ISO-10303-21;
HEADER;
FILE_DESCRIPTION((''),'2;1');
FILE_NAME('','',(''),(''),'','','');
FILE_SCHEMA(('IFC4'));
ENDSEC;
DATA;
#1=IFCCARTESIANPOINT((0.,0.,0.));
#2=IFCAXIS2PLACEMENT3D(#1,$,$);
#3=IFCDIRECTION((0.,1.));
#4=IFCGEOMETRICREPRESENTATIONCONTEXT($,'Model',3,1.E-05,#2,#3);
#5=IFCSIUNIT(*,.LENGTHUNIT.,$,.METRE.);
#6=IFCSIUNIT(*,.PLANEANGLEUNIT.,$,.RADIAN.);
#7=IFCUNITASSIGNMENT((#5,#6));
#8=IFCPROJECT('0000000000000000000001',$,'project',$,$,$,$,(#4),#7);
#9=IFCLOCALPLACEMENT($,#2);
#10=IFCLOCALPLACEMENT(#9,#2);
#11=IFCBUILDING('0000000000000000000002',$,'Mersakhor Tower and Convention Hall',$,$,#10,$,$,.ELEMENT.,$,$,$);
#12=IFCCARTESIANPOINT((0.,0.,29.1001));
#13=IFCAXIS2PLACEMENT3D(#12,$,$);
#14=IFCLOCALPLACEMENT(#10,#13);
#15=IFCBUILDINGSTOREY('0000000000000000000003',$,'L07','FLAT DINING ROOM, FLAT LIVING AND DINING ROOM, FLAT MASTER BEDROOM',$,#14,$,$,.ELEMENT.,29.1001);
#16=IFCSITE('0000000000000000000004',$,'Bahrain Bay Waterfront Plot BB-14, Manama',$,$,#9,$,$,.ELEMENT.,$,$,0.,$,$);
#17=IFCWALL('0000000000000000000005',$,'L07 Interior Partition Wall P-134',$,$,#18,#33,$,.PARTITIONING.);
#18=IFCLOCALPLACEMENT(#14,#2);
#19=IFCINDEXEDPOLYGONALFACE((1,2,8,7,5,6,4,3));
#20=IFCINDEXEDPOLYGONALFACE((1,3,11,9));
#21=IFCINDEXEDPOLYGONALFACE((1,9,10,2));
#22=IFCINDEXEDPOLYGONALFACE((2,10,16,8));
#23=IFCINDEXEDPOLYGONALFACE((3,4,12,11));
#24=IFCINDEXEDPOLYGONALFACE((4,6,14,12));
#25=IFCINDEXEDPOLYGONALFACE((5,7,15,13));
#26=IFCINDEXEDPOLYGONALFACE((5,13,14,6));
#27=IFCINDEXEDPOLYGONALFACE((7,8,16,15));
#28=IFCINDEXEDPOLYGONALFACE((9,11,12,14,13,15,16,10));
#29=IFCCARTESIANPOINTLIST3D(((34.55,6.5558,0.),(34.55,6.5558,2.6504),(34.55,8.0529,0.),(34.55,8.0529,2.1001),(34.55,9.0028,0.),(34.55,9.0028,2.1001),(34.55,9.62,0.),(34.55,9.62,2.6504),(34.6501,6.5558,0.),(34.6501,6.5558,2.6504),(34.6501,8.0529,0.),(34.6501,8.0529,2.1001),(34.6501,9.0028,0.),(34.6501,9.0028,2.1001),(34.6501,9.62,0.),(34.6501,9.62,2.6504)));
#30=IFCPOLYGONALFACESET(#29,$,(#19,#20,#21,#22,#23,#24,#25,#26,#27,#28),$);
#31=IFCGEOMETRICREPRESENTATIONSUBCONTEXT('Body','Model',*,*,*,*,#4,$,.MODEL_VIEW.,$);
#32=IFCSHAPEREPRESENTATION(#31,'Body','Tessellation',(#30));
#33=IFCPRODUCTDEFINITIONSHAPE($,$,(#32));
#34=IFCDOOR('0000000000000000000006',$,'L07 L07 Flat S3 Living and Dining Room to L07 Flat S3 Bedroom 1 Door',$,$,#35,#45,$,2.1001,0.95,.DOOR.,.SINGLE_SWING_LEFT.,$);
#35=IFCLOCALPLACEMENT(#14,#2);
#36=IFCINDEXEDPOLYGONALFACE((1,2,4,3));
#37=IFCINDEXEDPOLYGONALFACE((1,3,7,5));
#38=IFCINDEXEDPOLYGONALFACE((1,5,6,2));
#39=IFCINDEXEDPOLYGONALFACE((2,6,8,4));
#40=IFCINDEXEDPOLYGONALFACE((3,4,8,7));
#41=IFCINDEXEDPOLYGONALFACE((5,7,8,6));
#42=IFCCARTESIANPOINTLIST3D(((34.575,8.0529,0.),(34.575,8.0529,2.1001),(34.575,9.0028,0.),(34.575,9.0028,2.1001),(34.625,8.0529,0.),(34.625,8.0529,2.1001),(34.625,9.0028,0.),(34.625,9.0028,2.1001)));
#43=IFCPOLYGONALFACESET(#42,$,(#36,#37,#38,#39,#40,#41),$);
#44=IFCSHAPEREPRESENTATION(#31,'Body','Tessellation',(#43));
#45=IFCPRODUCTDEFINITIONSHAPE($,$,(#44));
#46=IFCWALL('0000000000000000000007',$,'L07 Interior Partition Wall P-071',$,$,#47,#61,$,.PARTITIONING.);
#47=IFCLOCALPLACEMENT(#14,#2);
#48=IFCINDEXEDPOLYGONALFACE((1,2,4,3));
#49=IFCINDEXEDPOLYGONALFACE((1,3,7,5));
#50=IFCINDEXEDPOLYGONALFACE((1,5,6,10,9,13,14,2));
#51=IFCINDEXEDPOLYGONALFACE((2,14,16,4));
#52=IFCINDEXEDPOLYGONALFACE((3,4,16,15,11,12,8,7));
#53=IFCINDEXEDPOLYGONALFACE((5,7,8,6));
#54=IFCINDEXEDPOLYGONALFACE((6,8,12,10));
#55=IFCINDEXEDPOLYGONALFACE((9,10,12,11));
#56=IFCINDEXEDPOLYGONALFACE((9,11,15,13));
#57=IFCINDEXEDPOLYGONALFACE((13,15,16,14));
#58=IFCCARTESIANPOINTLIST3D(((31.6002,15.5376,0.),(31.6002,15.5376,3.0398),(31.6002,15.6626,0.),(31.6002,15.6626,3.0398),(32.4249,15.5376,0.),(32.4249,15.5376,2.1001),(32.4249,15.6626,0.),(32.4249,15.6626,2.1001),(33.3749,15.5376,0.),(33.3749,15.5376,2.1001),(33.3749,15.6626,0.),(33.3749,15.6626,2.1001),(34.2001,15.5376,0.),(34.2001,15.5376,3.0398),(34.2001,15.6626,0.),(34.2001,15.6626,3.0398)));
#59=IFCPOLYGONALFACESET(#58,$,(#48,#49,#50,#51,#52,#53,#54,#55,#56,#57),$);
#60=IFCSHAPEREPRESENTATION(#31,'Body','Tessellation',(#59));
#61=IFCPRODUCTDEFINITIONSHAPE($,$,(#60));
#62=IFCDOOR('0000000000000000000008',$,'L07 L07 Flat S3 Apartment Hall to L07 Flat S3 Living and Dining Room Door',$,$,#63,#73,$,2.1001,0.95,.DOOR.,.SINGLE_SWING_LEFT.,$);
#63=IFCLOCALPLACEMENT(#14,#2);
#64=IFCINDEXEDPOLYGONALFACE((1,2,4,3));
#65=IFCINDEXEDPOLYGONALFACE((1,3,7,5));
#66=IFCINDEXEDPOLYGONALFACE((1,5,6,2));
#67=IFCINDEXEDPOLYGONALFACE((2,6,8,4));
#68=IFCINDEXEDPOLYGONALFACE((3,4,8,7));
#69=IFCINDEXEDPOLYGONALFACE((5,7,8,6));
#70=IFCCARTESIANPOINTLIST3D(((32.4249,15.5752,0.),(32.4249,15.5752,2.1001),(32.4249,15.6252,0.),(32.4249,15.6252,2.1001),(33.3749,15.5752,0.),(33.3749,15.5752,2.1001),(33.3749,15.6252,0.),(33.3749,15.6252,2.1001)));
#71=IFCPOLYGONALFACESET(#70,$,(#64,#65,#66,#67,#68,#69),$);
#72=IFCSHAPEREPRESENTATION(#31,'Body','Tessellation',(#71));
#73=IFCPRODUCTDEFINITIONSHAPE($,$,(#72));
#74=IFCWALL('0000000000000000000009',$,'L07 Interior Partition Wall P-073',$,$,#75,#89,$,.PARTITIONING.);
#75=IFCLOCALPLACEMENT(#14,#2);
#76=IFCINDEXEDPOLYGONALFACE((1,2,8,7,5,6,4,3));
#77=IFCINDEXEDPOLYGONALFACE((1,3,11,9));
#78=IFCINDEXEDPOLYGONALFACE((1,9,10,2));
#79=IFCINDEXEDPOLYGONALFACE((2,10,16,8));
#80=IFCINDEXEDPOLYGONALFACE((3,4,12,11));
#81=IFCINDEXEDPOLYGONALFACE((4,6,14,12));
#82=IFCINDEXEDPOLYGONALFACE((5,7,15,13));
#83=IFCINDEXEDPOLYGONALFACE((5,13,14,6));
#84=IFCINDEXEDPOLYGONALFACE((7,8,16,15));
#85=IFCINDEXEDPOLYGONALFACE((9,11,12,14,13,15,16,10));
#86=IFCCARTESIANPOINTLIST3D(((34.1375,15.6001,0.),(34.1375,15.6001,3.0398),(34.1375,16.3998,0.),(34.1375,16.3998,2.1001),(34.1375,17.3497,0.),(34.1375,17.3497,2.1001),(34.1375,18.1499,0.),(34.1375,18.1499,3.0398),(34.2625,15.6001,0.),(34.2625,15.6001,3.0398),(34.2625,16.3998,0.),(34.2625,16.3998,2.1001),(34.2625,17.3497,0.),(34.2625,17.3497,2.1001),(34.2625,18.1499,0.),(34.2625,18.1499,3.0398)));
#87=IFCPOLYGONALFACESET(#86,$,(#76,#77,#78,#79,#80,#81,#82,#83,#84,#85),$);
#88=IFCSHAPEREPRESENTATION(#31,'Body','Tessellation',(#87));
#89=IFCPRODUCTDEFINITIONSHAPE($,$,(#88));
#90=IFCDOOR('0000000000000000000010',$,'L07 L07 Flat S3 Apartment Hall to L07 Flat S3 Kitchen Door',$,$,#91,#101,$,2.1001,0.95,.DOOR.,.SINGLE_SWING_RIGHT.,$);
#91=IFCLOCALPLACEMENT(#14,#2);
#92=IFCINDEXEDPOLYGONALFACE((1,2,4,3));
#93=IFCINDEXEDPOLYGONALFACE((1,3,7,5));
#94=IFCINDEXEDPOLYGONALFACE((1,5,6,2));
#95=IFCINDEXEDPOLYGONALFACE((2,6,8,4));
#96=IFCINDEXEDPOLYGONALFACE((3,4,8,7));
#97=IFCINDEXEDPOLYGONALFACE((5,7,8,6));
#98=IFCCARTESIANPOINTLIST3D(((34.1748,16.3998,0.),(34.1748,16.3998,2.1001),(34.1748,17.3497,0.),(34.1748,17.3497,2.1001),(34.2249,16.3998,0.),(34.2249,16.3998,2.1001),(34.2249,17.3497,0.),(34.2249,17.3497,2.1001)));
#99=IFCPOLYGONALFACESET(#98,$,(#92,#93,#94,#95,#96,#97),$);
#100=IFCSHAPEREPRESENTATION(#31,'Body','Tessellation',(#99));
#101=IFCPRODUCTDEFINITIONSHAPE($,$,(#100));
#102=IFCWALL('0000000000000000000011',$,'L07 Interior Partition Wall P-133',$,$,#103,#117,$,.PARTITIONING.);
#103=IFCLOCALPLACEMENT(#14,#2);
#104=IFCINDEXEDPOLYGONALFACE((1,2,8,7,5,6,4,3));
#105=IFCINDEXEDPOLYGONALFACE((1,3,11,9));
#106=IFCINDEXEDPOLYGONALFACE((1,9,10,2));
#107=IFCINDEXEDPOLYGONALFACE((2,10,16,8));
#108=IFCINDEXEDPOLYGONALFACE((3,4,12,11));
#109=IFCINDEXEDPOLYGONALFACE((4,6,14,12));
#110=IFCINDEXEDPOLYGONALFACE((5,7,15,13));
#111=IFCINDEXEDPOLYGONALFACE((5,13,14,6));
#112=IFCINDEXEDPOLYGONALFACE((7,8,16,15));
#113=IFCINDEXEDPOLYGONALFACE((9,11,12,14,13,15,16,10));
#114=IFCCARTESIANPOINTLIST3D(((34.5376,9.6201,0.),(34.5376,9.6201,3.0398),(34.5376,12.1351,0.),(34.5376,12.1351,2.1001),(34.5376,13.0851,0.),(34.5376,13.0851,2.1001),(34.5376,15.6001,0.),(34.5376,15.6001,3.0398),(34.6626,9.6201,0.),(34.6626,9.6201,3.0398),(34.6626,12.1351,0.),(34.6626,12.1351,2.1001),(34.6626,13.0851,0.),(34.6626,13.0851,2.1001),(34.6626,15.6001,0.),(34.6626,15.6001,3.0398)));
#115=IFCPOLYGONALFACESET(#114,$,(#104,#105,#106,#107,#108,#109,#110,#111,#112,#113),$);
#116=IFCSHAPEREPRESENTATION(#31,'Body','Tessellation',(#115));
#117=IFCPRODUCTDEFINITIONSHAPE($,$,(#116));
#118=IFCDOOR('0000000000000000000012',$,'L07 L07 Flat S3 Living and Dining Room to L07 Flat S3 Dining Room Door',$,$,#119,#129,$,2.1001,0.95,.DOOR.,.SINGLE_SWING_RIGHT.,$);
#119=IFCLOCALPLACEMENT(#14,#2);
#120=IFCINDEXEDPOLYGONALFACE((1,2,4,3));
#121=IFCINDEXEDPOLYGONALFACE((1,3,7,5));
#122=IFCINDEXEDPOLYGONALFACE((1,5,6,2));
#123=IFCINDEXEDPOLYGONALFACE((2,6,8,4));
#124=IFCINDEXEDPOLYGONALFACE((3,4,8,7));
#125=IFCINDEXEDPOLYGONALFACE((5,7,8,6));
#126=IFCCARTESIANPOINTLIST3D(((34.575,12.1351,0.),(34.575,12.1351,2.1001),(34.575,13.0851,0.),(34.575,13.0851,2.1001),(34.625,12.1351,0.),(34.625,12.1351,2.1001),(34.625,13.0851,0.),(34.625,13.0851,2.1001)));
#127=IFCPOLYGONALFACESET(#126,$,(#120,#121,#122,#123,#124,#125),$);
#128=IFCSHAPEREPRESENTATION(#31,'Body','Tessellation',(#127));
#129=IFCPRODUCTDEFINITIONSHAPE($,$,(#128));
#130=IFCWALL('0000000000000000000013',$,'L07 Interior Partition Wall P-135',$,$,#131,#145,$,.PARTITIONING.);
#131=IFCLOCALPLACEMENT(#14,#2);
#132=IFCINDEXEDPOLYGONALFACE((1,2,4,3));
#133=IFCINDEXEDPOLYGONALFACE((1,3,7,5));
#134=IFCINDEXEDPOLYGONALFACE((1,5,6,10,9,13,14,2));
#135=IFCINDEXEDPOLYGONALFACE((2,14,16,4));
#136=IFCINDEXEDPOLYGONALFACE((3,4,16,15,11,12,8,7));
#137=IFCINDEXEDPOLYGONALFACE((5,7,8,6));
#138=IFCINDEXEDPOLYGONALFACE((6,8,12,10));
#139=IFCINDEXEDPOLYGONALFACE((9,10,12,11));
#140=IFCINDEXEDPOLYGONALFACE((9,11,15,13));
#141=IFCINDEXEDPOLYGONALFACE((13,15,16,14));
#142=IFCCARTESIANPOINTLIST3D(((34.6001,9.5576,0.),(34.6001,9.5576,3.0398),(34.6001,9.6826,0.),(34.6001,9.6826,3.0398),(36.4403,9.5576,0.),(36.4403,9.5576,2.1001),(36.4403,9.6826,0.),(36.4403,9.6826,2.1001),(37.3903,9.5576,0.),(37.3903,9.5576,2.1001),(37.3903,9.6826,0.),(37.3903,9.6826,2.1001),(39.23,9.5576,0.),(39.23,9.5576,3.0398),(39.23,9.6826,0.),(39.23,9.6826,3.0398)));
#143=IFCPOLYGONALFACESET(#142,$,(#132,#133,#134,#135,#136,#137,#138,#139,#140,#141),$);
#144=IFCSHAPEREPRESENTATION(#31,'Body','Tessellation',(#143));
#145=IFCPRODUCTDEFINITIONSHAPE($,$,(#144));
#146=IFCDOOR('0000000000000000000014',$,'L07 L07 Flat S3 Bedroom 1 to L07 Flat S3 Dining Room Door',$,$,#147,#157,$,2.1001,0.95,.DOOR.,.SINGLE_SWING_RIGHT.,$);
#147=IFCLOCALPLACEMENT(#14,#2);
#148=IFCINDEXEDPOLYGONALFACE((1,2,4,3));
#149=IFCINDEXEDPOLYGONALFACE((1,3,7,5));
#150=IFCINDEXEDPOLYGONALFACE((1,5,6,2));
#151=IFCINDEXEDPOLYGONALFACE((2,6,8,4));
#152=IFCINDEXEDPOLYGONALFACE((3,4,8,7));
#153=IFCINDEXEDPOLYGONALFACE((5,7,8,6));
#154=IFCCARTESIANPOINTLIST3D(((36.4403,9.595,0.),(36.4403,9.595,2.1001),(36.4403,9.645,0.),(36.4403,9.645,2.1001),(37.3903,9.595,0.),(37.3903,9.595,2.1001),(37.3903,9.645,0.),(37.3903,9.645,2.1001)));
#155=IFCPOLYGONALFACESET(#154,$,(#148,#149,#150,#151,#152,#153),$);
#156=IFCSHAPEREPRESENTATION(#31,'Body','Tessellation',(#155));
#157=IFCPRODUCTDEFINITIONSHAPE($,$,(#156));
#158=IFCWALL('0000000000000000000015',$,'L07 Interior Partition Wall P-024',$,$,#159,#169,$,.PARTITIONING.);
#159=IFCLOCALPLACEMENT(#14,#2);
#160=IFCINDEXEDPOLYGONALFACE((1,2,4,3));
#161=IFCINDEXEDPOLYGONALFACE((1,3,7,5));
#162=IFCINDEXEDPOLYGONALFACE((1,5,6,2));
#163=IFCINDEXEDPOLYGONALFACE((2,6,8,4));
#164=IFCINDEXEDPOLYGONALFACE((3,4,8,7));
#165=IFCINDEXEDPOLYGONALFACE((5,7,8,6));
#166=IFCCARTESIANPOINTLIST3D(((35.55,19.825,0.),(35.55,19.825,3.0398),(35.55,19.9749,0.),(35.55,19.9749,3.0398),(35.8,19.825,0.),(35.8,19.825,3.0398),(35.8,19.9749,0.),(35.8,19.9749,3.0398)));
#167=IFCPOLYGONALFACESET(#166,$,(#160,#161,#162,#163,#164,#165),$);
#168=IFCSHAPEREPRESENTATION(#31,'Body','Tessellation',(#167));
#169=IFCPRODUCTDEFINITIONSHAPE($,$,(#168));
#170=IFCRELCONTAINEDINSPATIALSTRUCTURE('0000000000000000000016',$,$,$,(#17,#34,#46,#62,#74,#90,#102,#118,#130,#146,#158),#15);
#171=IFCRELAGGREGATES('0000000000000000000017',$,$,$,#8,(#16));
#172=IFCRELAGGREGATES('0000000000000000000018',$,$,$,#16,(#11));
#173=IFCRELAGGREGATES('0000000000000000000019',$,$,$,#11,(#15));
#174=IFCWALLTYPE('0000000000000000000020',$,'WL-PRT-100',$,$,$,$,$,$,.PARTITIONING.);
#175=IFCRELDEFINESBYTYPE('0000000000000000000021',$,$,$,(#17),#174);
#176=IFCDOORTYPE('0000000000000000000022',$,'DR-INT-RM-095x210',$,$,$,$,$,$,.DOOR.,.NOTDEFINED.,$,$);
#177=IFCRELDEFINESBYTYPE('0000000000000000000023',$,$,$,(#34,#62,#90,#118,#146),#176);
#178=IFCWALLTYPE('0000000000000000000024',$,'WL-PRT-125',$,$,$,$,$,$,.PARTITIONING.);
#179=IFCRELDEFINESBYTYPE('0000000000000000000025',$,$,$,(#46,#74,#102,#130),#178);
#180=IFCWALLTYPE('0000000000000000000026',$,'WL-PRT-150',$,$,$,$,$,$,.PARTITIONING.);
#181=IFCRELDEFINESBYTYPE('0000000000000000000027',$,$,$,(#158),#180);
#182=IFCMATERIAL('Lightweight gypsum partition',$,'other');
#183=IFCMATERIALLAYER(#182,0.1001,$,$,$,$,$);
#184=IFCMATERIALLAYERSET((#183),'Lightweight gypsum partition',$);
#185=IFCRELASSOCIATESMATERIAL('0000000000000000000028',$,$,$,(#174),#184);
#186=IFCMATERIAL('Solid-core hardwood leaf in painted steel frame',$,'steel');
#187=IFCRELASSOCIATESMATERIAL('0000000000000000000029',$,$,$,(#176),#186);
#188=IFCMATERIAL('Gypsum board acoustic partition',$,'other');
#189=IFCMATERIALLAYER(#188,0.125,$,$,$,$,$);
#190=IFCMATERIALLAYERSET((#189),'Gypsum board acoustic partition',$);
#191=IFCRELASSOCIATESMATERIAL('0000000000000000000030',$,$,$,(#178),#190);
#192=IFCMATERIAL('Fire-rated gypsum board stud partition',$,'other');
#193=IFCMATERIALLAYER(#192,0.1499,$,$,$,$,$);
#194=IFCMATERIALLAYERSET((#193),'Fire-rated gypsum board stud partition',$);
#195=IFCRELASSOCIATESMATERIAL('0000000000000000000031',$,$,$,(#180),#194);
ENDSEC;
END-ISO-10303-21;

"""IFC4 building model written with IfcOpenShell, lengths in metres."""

from ifc_helpers import new_model, si_unit, direction, frame, frame_2d, origin, place, context, subcontext, project, spatial, rectangle, extrude, material, layer, layer_set, type_object, element, fill, save


model = new_model("IFC4")

# Units and contexts
model_context = context("Model", 3, precision=1e-05, world=origin(), true_north=direction((0.0, 1.0)))
body_context = subcontext(model_context, "Body", "Model", "MODEL_VIEW")
ifc_project = project(units=[si_unit("LENGTHUNIT", "METRE"), si_unit("PLANEANGLEUNIT", "RADIAN")], contexts=[model_context])

# Site, building, storey
site_placement = place(None, origin())
site = spatial("IfcSite", under=ifc_project, at=site_placement, Name="Bahrain Bay Waterfront Plot BB-14, Manama", CompositionType="ELEMENT", RefElevation=0.0)
building_placement = place(site_placement, origin())
building = spatial("IfcBuilding", under=site, at=building_placement, Name="Mersakhor Tower and Convention Hall", CompositionType="ELEMENT")
storey_placement = place(building_placement, frame((0.0, 0.0, 29.1001)))
storey = spatial("IfcBuildingStorey", under=building, at=storey_placement, Name="L07", Description="FLAT DINING ROOM, FLAT LIVING AND DINING ROOM, FLAT MASTER BEDROOM", CompositionType="ELEMENT", Elevation=29.1001)

# Shared definitions
ifc_material_1 = material(Name="Lightweight gypsum partition", Category="other")
ifc_layer_1 = layer(ifc_material_1, 0.1001)
ifc_layer_set_1 = layer_set([ifc_layer_1], Name="Lightweight gypsum partition")
wall_type_1 = type_object("IfcWallType", Name="WL-PRT-100", PredefinedType="PARTITIONING", material=ifc_layer_set_1)

# Walls, openings, doors
wall_1_placement = place(storey_placement, frame((34.6001, 9.6201, 0.0), z_axis=(0.0, 0.0, 1.0), x_axis=(0.0, -1.0, 0.0)))
wall_1 = element("IfcWall", 1, at=wall_1_placement, inside=storey, type_object=wall_type_1, Name="L07 Interior Partition Wall P-134", PredefinedType="PARTITIONING", context=body_context, shape_type="SweptSolid", body=[
    extrude(rectangle(XDim=3.0642, YDim=0.1001, at=frame_2d((1.5322, 0.0))), origin(), (0.0, 0.0, 1.0), 2.6504),
])
opening_1_placement = place(wall_1_placement, frame((0.6172, 0.0, 0.0)))
opening_1 = element("IfcOpeningElement", 2, at=opening_1_placement, cuts=wall_1, PredefinedType="OPENING", context=body_context, shape_type="SweptSolid", body=[
    extrude(rectangle(XDim=0.95, YDim=2.1001, at=frame_2d((0.4751, 1.05))), frame((0.0, 0.0601, 0.0), z_axis=(0.0, -1.0, 0.0), x_axis=(1.0, 0.0, 0.0)), (0.0, 0.0, 1.0), 0.1201),
])
ifc_material_2 = material(Name="Solid-core hardwood leaf in painted steel frame", Category="steel")
door_type_1 = type_object("IfcDoorType", Name="DR-INT-RM-095x210", OperationType="NOTDEFINED", PredefinedType="DOOR", material=ifc_material_2)
door_1_placement = place(opening_1_placement, origin())
door_1 = element("IfcDoor", 3, at=door_1_placement, inside=storey, type_object=door_type_1, Name="L07 L07 Flat S3 Living and Dining Room to L07 Flat S3 Bedroom 1 Door", OperationType="SINGLE_SWING_LEFT", OverallHeight=2.1001, OverallWidth=0.95, PredefinedType="DOOR", context=body_context, shape_type="SweptSolid", body=[
    extrude(rectangle(XDim=0.95, YDim=2.1001, at=frame_2d((0.4751, 1.05))), frame((0.0, 0.0249, 0.0), z_axis=(0.0, -1.0, 0.0), x_axis=(1.0, 0.0, 0.0)), (0.0, 0.0, 1.0), 0.05),
])
fill(opening_1, door_1)
ifc_material_3 = material(Name="Gypsum board acoustic partition", Category="other")
ifc_layer_2 = layer(ifc_material_3, 0.125)
ifc_layer_set_2 = layer_set([ifc_layer_2], Name="Gypsum board acoustic partition")
wall_type_2 = type_object("IfcWallType", Name="WL-PRT-125", PredefinedType="PARTITIONING", material=ifc_layer_set_2)
wall_2_placement = place(storey_placement, frame((34.2, 15.6001, 0.0), z_axis=(0.0, 0.0, 1.0), x_axis=(-1.0, 0.0, 0.0)))
wall_2 = element("IfcWall", 4, at=wall_2_placement, inside=storey, type_object=wall_type_2, Name="L07 Interior Partition Wall P-071", PredefinedType="PARTITIONING", context=body_context, shape_type="SweptSolid", body=[
    extrude(rectangle(XDim=2.5999, YDim=0.125, at=frame_2d((1.2998, 0.0))), origin(), (0.0, 0.0, 1.0), 3.0398),
])
opening_2_placement = place(wall_2_placement, frame((0.825, 0.0, 0.0)))
opening_2 = element("IfcOpeningElement", 5, at=opening_2_placement, cuts=wall_2, PredefinedType="OPENING", context=body_context, shape_type="SweptSolid", body=[
    extrude(rectangle(XDim=0.95, YDim=2.1001, at=frame_2d((0.4751, 1.05))), frame((0.0, 0.0725, 0.0), z_axis=(0.0, -1.0, 0.0), x_axis=(1.0, 0.0, 0.0)), (0.0, 0.0, 1.0), 0.145),
])
door_2_placement = place(opening_2_placement, origin())
door_2 = element("IfcDoor", 6, at=door_2_placement, inside=storey, type_object=door_type_1, Name="L07 L07 Flat S3 Apartment Hall to L07 Flat S3 Living and Dining Room Door", OperationType="SINGLE_SWING_LEFT", OverallHeight=2.1001, OverallWidth=0.95, PredefinedType="DOOR", context=body_context, shape_type="SweptSolid", body=[
    extrude(rectangle(XDim=0.95, YDim=2.1001, at=frame_2d((0.4751, 1.05))), frame((0.0, 0.0249, 0.0), z_axis=(0.0, -1.0, 0.0), x_axis=(1.0, 0.0, 0.0)), (0.0, 0.0, 1.0), 0.05),
])
fill(opening_2, door_2)
wall_3_placement = place(storey_placement, frame((34.2, 18.1499, 0.0), z_axis=(0.0, 0.0, 1.0), x_axis=(0.0, -1.0, 0.0)))
wall_3 = element("IfcWall", 7, at=wall_3_placement, inside=storey, type_object=wall_type_2, Name="L07 Interior Partition Wall P-073", PredefinedType="PARTITIONING", context=body_context, shape_type="SweptSolid", body=[
    extrude(rectangle(XDim=2.5498, YDim=0.125, at=frame_2d((1.2749, 0.0))), origin(), (0.0, 0.0, 1.0), 3.0398),
])
opening_3_placement = place(wall_3_placement, frame((0.8, 0.0, 0.0)))
opening_3 = element("IfcOpeningElement", 8, at=opening_3_placement, cuts=wall_3, PredefinedType="OPENING", context=body_context, shape_type="SweptSolid", body=[
    extrude(rectangle(XDim=0.95, YDim=2.1001, at=frame_2d((0.4751, 1.05))), frame((0.0, 0.0725, 0.0), z_axis=(0.0, -1.0, 0.0), x_axis=(1.0, 0.0, 0.0)), (0.0, 0.0, 1.0), 0.145),
])
door_3_placement = place(opening_3_placement, origin())
door_3 = element("IfcDoor", 9, at=door_3_placement, inside=storey, type_object=door_type_1, Name="L07 L07 Flat S3 Apartment Hall to L07 Flat S3 Kitchen Door", OperationType="SINGLE_SWING_RIGHT", OverallHeight=2.1001, OverallWidth=0.95, PredefinedType="DOOR", context=body_context, shape_type="SweptSolid", body=[
    extrude(rectangle(XDim=0.95, YDim=2.1001, at=frame_2d((0.4751, 1.05))), frame((0.0, 0.0249, 0.0), z_axis=(0.0, -1.0, 0.0), x_axis=(1.0, 0.0, 0.0)), (0.0, 0.0, 1.0), 0.05),
])
fill(opening_3, door_3)
wall_4_placement = place(storey_placement, frame((34.6001, 15.6001, 0.0), z_axis=(0.0, 0.0, 1.0), x_axis=(0.0, -1.0, 0.0)))
wall_4 = element("IfcWall", 10, at=wall_4_placement, inside=storey, type_object=wall_type_2, Name="L07 Interior Partition Wall P-133", PredefinedType="PARTITIONING", context=body_context, shape_type="SweptSolid", body=[
    extrude(rectangle(XDim=5.98, YDim=0.125, at=frame_2d((2.99, 0.0))), origin(), (0.0, 0.0, 1.0), 3.0398),
])
opening_4_placement = place(wall_4_placement, frame((2.5149, 0.0, 0.0)))
opening_4 = element("IfcOpeningElement", 11, at=opening_4_placement, cuts=wall_4, PredefinedType="OPENING", context=body_context, shape_type="SweptSolid", body=[
    extrude(rectangle(XDim=0.95, YDim=2.1001, at=frame_2d((0.4751, 1.05))), frame((0.0, 0.0725, 0.0), z_axis=(0.0, -1.0, 0.0), x_axis=(1.0, 0.0, 0.0)), (0.0, 0.0, 1.0), 0.145),
])
door_4_placement = place(opening_4_placement, origin())
door_4 = element("IfcDoor", 12, at=door_4_placement, inside=storey, type_object=door_type_1, Name="L07 L07 Flat S3 Living and Dining Room to L07 Flat S3 Dining Room Door", OperationType="SINGLE_SWING_RIGHT", OverallHeight=2.1001, OverallWidth=0.95, PredefinedType="DOOR", context=body_context, shape_type="SweptSolid", body=[
    extrude(rectangle(XDim=0.95, YDim=2.1001, at=frame_2d((0.4751, 1.05))), frame((0.0, 0.0249, 0.0), z_axis=(0.0, -1.0, 0.0), x_axis=(1.0, 0.0, 0.0)), (0.0, 0.0, 1.0), 0.05),
])
fill(opening_4, door_4)
wall_5_placement = place(storey_placement, frame((34.6001, 9.6201, 0.0), z_axis=(0.0, 0.0, 1.0), x_axis=(1.0, 0.0, 0.0)))
wall_5 = element("IfcWall", 13, at=wall_5_placement, inside=storey, type_object=wall_type_2, Name="L07 Interior Partition Wall P-135", PredefinedType="PARTITIONING", context=body_context, shape_type="SweptSolid", body=[
    extrude(rectangle(XDim=4.6299, YDim=0.125, at=frame_2d((2.3149, 0.0))), origin(), (0.0, 0.0, 1.0), 3.0398),
])
opening_5_placement = place(wall_5_placement, frame((1.8401, 0.0, 0.0)))
opening_5 = element("IfcOpeningElement", 14, at=opening_5_placement, cuts=wall_5, PredefinedType="OPENING", context=body_context, shape_type="SweptSolid", body=[
    extrude(rectangle(XDim=0.95, YDim=2.1001, at=frame_2d((0.4751, 1.05))), frame((0.0, 0.0725, 0.0), z_axis=(0.0, -1.0, 0.0), x_axis=(1.0, 0.0, 0.0)), (0.0, 0.0, 1.0), 0.145),
])
door_5_placement = place(opening_5_placement, origin())
door_5 = element("IfcDoor", 15, at=door_5_placement, inside=storey, type_object=door_type_1, Name="L07 L07 Flat S3 Bedroom 1 to L07 Flat S3 Dining Room Door", OperationType="SINGLE_SWING_RIGHT", OverallHeight=2.1001, OverallWidth=0.95, PredefinedType="DOOR", context=body_context, shape_type="SweptSolid", body=[
    extrude(rectangle(XDim=0.95, YDim=2.1001, at=frame_2d((0.4751, 1.05))), frame((0.0, 0.0249, 0.0), z_axis=(0.0, -1.0, 0.0), x_axis=(1.0, 0.0, 0.0)), (0.0, 0.0, 1.0), 0.05),
])
fill(opening_5, door_5)

# Wall
ifc_material_4 = material(Name="Fire-rated gypsum board stud partition", Category="other")
ifc_layer_3 = layer(ifc_material_4, 0.1499)
ifc_layer_set_3 = layer_set([ifc_layer_3], Name="Fire-rated gypsum board stud partition")
wall_type_3 = type_object("IfcWallType", Name="WL-PRT-150", PredefinedType="PARTITIONING", material=ifc_layer_set_3)
wall_6_placement = place(storey_placement, frame((35.55, 19.8999, 0.0), z_axis=(0.0, 0.0, 1.0), x_axis=(1.0, 0.0, 0.0)))
element("IfcWall", 16, at=wall_6_placement, inside=storey, type_object=wall_type_3, Name="L07 Interior Partition Wall P-024", PredefinedType="PARTITIONING", context=body_context, shape_type="SweptSolid", body=[
    extrude(rectangle(XDim=0.25, YDim=0.1499, at=frame_2d((0.125, 0.0))), origin(), (0.0, 0.0, 1.0), 3.0398),
])

save(model, "model.ifc")
